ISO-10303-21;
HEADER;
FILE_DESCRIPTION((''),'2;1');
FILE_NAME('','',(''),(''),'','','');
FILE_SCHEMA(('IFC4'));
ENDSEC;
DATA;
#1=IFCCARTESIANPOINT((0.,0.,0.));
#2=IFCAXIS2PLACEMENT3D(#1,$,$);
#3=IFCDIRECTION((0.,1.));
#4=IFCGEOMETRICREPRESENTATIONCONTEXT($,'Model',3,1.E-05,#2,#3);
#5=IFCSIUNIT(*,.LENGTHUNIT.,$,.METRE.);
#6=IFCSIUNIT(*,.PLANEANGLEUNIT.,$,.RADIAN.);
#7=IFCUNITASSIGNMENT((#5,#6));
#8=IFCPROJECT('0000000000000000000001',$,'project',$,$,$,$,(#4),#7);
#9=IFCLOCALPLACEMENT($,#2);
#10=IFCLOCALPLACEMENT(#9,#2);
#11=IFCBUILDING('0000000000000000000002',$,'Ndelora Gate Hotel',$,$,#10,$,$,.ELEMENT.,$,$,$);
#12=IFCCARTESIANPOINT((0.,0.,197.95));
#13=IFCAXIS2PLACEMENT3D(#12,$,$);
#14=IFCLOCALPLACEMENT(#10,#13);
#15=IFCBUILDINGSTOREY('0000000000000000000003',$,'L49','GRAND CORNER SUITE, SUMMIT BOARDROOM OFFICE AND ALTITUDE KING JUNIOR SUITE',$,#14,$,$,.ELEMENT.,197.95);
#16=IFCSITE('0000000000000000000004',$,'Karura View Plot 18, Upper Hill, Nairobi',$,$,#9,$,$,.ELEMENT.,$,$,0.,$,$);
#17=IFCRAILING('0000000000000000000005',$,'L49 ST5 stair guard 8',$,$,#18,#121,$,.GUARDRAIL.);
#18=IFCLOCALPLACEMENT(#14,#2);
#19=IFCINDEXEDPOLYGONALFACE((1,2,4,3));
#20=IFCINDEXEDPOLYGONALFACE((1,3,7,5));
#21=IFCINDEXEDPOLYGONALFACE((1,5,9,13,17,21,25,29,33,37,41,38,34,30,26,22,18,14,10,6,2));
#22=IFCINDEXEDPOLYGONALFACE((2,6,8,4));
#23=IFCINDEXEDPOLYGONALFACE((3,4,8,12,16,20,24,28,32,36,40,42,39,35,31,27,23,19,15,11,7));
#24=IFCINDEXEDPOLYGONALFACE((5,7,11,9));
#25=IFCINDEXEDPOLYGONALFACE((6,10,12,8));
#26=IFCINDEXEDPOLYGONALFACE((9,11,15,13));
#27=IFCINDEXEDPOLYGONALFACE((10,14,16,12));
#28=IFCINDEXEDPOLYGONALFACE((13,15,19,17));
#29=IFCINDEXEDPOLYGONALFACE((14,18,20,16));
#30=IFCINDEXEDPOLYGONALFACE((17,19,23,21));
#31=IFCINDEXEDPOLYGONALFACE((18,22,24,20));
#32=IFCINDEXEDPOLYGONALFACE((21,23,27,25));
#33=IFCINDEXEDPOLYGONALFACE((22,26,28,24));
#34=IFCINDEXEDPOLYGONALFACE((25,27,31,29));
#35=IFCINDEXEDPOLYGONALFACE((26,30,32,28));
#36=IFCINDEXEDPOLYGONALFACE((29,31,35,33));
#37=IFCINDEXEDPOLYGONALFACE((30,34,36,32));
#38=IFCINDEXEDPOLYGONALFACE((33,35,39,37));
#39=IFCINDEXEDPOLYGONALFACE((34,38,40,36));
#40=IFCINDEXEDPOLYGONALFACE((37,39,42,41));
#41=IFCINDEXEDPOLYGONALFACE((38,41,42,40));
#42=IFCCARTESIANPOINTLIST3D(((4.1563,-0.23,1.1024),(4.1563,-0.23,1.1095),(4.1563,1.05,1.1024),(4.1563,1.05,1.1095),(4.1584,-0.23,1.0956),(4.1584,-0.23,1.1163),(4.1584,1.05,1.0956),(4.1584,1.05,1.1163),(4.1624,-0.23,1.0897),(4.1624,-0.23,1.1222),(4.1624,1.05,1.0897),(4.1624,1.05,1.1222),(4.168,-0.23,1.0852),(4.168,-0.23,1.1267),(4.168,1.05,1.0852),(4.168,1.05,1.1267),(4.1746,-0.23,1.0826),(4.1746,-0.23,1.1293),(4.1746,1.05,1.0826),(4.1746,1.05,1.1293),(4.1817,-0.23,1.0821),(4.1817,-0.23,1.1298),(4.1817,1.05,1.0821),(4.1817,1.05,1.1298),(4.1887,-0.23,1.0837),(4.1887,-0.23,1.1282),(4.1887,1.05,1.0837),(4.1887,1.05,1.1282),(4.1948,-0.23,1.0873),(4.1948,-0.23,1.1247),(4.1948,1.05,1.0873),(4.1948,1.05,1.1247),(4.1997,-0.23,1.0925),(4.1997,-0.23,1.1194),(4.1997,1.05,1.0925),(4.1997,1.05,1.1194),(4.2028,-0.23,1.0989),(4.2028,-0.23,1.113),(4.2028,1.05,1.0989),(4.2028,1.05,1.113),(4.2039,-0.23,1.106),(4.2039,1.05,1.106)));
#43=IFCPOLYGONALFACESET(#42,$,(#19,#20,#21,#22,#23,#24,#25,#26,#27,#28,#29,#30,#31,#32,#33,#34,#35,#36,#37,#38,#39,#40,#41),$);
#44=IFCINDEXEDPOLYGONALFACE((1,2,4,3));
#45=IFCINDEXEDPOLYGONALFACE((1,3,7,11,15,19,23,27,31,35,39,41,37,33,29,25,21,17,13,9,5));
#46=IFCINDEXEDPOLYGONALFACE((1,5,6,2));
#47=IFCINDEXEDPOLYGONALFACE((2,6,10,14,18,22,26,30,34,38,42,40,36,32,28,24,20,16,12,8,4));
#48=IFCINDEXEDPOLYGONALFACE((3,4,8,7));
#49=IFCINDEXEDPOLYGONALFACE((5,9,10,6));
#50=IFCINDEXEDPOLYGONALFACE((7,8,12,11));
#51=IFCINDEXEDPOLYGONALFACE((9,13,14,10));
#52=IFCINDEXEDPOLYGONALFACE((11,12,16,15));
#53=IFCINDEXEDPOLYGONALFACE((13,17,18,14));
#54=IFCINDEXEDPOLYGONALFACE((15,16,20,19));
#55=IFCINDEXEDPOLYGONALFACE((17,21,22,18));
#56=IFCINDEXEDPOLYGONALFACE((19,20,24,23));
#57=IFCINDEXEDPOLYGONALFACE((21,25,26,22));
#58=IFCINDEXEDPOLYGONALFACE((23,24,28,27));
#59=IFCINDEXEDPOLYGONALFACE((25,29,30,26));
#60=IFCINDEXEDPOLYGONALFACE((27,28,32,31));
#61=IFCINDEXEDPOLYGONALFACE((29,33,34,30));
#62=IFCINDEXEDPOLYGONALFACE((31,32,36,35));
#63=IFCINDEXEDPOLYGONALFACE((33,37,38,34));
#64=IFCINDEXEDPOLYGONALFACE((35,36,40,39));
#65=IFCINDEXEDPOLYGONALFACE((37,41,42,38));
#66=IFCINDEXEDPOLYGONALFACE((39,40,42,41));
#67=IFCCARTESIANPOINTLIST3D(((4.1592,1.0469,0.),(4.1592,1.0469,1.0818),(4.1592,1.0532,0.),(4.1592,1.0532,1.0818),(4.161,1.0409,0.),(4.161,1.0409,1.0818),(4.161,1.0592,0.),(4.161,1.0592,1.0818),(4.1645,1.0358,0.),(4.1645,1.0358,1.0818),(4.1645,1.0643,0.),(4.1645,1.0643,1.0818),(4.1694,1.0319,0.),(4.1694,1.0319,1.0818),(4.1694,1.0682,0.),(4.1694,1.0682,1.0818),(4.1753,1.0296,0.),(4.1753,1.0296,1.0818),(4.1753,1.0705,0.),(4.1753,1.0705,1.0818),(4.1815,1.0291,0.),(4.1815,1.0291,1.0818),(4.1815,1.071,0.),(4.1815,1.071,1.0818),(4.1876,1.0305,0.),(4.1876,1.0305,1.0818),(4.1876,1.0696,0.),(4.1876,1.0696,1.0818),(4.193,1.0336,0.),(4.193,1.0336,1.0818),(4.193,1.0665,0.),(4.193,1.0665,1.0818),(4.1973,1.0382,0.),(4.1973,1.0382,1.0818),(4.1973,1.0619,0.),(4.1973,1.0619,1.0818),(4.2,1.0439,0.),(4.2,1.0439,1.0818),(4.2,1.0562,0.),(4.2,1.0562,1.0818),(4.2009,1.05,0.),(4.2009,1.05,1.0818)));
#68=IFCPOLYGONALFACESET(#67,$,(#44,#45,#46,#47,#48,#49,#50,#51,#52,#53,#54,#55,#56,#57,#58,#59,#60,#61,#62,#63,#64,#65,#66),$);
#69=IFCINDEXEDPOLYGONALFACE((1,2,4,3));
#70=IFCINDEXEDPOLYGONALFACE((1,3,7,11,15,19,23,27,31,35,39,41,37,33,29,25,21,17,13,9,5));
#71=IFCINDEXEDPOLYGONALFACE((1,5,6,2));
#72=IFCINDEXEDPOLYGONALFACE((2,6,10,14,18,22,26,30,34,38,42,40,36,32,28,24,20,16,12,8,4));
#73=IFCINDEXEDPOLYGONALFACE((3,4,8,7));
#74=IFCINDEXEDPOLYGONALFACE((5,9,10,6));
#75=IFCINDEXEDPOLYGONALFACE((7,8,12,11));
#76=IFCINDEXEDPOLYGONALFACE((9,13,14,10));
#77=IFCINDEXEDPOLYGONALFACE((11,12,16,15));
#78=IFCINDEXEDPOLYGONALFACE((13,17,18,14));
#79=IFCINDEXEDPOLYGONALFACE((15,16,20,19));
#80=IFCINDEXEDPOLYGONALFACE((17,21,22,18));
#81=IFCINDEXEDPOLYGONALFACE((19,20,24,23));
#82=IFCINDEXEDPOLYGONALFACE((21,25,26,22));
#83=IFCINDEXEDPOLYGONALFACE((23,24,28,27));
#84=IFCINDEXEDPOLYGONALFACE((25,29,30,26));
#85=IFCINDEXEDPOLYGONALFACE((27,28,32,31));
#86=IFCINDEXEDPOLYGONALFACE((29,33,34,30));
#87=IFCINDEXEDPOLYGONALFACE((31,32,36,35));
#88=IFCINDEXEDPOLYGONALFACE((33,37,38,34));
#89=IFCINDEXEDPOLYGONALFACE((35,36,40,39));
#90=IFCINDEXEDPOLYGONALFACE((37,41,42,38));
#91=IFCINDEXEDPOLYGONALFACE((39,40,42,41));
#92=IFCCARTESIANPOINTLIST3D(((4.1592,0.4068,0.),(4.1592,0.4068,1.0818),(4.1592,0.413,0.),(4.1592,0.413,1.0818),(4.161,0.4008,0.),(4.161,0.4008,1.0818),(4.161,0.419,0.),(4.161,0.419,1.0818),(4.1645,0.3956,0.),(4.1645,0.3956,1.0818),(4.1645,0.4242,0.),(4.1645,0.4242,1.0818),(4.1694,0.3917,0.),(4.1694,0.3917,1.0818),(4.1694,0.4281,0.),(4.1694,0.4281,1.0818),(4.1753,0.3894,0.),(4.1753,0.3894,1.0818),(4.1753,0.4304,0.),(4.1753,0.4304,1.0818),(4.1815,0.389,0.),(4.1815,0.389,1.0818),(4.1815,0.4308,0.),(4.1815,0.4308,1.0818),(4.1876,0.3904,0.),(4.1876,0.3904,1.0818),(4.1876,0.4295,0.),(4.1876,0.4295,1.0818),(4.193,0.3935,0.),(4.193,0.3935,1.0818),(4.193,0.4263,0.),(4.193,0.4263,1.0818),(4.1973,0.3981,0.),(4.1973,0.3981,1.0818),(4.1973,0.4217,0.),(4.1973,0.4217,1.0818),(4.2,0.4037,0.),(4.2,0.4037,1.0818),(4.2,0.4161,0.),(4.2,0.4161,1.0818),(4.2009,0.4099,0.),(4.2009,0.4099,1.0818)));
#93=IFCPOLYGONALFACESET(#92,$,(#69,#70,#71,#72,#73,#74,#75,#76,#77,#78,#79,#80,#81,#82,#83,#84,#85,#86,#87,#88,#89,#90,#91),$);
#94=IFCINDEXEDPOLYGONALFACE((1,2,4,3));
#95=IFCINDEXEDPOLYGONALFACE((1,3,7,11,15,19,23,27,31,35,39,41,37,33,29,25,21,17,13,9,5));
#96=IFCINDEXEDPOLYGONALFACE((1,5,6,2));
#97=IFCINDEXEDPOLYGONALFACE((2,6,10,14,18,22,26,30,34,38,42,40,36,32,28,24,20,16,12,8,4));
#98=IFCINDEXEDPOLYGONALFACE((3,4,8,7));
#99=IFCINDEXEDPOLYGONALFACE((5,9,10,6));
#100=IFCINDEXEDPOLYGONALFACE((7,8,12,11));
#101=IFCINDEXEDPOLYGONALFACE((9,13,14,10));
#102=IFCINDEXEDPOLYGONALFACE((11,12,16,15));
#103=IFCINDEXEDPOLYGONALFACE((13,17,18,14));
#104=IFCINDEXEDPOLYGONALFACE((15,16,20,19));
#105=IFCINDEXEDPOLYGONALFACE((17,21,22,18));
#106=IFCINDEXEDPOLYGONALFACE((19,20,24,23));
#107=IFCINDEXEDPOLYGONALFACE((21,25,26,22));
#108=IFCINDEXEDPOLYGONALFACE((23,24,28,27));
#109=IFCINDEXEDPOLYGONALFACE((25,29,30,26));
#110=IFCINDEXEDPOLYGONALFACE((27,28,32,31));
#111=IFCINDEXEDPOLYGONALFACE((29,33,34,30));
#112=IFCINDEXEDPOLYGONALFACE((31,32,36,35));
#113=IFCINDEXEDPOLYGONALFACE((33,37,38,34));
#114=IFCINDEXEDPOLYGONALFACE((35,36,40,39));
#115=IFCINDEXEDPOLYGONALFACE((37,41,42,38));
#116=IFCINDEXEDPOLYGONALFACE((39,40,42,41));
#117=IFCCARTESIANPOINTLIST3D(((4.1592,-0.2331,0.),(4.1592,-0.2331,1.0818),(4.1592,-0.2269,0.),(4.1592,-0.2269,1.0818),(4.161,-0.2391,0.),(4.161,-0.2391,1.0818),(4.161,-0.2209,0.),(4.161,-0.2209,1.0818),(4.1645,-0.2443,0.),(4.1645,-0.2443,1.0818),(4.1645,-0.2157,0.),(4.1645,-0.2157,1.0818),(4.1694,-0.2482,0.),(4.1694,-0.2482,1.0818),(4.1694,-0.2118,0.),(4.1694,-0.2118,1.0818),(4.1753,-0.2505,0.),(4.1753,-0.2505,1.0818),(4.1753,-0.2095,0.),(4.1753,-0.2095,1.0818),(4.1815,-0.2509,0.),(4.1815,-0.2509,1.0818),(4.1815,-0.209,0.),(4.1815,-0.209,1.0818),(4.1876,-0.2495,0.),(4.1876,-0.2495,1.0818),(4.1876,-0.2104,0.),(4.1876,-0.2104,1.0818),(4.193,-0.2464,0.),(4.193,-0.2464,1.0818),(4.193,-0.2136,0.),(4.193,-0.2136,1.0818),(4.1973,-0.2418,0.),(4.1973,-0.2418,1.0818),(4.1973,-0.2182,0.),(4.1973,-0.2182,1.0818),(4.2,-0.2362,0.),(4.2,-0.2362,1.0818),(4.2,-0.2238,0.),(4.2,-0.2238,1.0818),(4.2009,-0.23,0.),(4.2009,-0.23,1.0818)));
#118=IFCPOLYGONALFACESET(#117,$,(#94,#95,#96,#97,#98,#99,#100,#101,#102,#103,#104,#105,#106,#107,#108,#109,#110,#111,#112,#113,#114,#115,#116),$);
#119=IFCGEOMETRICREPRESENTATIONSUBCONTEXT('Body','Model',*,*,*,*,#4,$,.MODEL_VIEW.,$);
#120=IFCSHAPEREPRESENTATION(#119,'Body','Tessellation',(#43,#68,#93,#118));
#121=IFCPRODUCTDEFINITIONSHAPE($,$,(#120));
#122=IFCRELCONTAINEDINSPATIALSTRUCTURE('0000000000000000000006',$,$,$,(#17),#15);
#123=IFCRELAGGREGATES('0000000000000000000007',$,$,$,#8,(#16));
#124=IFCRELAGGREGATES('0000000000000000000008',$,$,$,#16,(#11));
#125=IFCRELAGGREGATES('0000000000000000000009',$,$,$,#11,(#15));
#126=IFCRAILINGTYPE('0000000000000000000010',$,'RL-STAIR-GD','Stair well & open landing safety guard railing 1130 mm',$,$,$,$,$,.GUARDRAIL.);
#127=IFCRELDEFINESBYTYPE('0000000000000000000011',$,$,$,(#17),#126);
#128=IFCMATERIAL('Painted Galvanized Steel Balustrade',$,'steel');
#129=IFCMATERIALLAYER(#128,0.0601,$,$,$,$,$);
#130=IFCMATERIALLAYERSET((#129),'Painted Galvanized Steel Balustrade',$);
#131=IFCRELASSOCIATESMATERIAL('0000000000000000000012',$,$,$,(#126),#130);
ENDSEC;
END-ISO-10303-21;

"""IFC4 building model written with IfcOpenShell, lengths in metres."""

from ifc_helpers import new_model, si_unit, direction, frame, origin, origin_2d, place, context, subcontext, project, spatial, circle, extrude, material, layer, layer_set, type_object, element, save


model = new_model("IFC4")

# Units and contexts
model_context = context("Model", 3, precision=1e-05, world=origin(), true_north=direction((0.0, 1.0)))
body_context = subcontext(model_context, "Body", "Model", "MODEL_VIEW")
ifc_project = project(units=[si_unit("LENGTHUNIT", "METRE"), si_unit("PLANEANGLEUNIT", "RADIAN")], contexts=[model_context])

# Site, building, storey
site_placement = place(None, origin())
site = spatial("IfcSite", under=ifc_project, at=site_placement, Name="Karura View Plot 18, Upper Hill, Nairobi", CompositionType="ELEMENT", RefElevation=0.0)
building_placement = place(site_placement, origin())
building = spatial("IfcBuilding", under=site, at=building_placement, Name="Ndelora Gate Hotel", CompositionType="ELEMENT")
storey_placement = place(building_placement, frame((0.0, 0.0, 197.95)))
storey = spatial("IfcBuildingStorey", under=building, at=storey_placement, Name="L49", Description="GRAND CORNER SUITE, SUMMIT BOARDROOM OFFICE AND ALTITUDE KING JUNIOR SUITE", CompositionType="ELEMENT", Elevation=197.95)

# Railing
ifc_material_1 = material(Name="Painted Galvanized Steel Balustrade", Category="steel")
ifc_layer_1 = layer(ifc_material_1, 0.0601)
ifc_layer_set_1 = layer_set([ifc_layer_1], Name="Painted Galvanized Steel Balustrade")
railing_type = type_object("IfcRailingType", Name="RL-STAIR-GD", Description="Stair well & open landing safety guard railing 1130 mm", PredefinedType="GUARDRAIL", material=ifc_layer_set_1)
for number, where, name in (
    (1, (4.1799, 1.05, 0.0), "L49 ST5 stair guard 8"),
):
    element("IfcRailing", number, at=place(storey_placement, frame(where)), inside=storey, type_object=railing_type, Name=name, PredefinedType="GUARDRAIL", context=body_context, shape_type="SweptSolid", body=[
        extrude(circle(Radius=0.0239, at=origin_2d()), frame((0.0, 0.0, 1.106), z_axis=(0.0, -1.0, 0.0), x_axis=(1.0, 0.0, 0.0)), (0.0, 0.0, 1.0), 1.28),
        extrude(circle(Radius=0.021, at=origin_2d()), origin(), (0.0, 0.0, 1.0), 1.0818),
        extrude(circle(Radius=0.021, at=origin_2d()), frame((0.0, -0.6401, 0.0)), (0.0, 0.0, 1.0), 1.0818),
        extrude(circle(Radius=0.021, at=origin_2d()), frame((0.0, -1.28, 0.0)), (0.0, 0.0, 1.0), 1.0818),
    ])

save(model, "model.ifc")
